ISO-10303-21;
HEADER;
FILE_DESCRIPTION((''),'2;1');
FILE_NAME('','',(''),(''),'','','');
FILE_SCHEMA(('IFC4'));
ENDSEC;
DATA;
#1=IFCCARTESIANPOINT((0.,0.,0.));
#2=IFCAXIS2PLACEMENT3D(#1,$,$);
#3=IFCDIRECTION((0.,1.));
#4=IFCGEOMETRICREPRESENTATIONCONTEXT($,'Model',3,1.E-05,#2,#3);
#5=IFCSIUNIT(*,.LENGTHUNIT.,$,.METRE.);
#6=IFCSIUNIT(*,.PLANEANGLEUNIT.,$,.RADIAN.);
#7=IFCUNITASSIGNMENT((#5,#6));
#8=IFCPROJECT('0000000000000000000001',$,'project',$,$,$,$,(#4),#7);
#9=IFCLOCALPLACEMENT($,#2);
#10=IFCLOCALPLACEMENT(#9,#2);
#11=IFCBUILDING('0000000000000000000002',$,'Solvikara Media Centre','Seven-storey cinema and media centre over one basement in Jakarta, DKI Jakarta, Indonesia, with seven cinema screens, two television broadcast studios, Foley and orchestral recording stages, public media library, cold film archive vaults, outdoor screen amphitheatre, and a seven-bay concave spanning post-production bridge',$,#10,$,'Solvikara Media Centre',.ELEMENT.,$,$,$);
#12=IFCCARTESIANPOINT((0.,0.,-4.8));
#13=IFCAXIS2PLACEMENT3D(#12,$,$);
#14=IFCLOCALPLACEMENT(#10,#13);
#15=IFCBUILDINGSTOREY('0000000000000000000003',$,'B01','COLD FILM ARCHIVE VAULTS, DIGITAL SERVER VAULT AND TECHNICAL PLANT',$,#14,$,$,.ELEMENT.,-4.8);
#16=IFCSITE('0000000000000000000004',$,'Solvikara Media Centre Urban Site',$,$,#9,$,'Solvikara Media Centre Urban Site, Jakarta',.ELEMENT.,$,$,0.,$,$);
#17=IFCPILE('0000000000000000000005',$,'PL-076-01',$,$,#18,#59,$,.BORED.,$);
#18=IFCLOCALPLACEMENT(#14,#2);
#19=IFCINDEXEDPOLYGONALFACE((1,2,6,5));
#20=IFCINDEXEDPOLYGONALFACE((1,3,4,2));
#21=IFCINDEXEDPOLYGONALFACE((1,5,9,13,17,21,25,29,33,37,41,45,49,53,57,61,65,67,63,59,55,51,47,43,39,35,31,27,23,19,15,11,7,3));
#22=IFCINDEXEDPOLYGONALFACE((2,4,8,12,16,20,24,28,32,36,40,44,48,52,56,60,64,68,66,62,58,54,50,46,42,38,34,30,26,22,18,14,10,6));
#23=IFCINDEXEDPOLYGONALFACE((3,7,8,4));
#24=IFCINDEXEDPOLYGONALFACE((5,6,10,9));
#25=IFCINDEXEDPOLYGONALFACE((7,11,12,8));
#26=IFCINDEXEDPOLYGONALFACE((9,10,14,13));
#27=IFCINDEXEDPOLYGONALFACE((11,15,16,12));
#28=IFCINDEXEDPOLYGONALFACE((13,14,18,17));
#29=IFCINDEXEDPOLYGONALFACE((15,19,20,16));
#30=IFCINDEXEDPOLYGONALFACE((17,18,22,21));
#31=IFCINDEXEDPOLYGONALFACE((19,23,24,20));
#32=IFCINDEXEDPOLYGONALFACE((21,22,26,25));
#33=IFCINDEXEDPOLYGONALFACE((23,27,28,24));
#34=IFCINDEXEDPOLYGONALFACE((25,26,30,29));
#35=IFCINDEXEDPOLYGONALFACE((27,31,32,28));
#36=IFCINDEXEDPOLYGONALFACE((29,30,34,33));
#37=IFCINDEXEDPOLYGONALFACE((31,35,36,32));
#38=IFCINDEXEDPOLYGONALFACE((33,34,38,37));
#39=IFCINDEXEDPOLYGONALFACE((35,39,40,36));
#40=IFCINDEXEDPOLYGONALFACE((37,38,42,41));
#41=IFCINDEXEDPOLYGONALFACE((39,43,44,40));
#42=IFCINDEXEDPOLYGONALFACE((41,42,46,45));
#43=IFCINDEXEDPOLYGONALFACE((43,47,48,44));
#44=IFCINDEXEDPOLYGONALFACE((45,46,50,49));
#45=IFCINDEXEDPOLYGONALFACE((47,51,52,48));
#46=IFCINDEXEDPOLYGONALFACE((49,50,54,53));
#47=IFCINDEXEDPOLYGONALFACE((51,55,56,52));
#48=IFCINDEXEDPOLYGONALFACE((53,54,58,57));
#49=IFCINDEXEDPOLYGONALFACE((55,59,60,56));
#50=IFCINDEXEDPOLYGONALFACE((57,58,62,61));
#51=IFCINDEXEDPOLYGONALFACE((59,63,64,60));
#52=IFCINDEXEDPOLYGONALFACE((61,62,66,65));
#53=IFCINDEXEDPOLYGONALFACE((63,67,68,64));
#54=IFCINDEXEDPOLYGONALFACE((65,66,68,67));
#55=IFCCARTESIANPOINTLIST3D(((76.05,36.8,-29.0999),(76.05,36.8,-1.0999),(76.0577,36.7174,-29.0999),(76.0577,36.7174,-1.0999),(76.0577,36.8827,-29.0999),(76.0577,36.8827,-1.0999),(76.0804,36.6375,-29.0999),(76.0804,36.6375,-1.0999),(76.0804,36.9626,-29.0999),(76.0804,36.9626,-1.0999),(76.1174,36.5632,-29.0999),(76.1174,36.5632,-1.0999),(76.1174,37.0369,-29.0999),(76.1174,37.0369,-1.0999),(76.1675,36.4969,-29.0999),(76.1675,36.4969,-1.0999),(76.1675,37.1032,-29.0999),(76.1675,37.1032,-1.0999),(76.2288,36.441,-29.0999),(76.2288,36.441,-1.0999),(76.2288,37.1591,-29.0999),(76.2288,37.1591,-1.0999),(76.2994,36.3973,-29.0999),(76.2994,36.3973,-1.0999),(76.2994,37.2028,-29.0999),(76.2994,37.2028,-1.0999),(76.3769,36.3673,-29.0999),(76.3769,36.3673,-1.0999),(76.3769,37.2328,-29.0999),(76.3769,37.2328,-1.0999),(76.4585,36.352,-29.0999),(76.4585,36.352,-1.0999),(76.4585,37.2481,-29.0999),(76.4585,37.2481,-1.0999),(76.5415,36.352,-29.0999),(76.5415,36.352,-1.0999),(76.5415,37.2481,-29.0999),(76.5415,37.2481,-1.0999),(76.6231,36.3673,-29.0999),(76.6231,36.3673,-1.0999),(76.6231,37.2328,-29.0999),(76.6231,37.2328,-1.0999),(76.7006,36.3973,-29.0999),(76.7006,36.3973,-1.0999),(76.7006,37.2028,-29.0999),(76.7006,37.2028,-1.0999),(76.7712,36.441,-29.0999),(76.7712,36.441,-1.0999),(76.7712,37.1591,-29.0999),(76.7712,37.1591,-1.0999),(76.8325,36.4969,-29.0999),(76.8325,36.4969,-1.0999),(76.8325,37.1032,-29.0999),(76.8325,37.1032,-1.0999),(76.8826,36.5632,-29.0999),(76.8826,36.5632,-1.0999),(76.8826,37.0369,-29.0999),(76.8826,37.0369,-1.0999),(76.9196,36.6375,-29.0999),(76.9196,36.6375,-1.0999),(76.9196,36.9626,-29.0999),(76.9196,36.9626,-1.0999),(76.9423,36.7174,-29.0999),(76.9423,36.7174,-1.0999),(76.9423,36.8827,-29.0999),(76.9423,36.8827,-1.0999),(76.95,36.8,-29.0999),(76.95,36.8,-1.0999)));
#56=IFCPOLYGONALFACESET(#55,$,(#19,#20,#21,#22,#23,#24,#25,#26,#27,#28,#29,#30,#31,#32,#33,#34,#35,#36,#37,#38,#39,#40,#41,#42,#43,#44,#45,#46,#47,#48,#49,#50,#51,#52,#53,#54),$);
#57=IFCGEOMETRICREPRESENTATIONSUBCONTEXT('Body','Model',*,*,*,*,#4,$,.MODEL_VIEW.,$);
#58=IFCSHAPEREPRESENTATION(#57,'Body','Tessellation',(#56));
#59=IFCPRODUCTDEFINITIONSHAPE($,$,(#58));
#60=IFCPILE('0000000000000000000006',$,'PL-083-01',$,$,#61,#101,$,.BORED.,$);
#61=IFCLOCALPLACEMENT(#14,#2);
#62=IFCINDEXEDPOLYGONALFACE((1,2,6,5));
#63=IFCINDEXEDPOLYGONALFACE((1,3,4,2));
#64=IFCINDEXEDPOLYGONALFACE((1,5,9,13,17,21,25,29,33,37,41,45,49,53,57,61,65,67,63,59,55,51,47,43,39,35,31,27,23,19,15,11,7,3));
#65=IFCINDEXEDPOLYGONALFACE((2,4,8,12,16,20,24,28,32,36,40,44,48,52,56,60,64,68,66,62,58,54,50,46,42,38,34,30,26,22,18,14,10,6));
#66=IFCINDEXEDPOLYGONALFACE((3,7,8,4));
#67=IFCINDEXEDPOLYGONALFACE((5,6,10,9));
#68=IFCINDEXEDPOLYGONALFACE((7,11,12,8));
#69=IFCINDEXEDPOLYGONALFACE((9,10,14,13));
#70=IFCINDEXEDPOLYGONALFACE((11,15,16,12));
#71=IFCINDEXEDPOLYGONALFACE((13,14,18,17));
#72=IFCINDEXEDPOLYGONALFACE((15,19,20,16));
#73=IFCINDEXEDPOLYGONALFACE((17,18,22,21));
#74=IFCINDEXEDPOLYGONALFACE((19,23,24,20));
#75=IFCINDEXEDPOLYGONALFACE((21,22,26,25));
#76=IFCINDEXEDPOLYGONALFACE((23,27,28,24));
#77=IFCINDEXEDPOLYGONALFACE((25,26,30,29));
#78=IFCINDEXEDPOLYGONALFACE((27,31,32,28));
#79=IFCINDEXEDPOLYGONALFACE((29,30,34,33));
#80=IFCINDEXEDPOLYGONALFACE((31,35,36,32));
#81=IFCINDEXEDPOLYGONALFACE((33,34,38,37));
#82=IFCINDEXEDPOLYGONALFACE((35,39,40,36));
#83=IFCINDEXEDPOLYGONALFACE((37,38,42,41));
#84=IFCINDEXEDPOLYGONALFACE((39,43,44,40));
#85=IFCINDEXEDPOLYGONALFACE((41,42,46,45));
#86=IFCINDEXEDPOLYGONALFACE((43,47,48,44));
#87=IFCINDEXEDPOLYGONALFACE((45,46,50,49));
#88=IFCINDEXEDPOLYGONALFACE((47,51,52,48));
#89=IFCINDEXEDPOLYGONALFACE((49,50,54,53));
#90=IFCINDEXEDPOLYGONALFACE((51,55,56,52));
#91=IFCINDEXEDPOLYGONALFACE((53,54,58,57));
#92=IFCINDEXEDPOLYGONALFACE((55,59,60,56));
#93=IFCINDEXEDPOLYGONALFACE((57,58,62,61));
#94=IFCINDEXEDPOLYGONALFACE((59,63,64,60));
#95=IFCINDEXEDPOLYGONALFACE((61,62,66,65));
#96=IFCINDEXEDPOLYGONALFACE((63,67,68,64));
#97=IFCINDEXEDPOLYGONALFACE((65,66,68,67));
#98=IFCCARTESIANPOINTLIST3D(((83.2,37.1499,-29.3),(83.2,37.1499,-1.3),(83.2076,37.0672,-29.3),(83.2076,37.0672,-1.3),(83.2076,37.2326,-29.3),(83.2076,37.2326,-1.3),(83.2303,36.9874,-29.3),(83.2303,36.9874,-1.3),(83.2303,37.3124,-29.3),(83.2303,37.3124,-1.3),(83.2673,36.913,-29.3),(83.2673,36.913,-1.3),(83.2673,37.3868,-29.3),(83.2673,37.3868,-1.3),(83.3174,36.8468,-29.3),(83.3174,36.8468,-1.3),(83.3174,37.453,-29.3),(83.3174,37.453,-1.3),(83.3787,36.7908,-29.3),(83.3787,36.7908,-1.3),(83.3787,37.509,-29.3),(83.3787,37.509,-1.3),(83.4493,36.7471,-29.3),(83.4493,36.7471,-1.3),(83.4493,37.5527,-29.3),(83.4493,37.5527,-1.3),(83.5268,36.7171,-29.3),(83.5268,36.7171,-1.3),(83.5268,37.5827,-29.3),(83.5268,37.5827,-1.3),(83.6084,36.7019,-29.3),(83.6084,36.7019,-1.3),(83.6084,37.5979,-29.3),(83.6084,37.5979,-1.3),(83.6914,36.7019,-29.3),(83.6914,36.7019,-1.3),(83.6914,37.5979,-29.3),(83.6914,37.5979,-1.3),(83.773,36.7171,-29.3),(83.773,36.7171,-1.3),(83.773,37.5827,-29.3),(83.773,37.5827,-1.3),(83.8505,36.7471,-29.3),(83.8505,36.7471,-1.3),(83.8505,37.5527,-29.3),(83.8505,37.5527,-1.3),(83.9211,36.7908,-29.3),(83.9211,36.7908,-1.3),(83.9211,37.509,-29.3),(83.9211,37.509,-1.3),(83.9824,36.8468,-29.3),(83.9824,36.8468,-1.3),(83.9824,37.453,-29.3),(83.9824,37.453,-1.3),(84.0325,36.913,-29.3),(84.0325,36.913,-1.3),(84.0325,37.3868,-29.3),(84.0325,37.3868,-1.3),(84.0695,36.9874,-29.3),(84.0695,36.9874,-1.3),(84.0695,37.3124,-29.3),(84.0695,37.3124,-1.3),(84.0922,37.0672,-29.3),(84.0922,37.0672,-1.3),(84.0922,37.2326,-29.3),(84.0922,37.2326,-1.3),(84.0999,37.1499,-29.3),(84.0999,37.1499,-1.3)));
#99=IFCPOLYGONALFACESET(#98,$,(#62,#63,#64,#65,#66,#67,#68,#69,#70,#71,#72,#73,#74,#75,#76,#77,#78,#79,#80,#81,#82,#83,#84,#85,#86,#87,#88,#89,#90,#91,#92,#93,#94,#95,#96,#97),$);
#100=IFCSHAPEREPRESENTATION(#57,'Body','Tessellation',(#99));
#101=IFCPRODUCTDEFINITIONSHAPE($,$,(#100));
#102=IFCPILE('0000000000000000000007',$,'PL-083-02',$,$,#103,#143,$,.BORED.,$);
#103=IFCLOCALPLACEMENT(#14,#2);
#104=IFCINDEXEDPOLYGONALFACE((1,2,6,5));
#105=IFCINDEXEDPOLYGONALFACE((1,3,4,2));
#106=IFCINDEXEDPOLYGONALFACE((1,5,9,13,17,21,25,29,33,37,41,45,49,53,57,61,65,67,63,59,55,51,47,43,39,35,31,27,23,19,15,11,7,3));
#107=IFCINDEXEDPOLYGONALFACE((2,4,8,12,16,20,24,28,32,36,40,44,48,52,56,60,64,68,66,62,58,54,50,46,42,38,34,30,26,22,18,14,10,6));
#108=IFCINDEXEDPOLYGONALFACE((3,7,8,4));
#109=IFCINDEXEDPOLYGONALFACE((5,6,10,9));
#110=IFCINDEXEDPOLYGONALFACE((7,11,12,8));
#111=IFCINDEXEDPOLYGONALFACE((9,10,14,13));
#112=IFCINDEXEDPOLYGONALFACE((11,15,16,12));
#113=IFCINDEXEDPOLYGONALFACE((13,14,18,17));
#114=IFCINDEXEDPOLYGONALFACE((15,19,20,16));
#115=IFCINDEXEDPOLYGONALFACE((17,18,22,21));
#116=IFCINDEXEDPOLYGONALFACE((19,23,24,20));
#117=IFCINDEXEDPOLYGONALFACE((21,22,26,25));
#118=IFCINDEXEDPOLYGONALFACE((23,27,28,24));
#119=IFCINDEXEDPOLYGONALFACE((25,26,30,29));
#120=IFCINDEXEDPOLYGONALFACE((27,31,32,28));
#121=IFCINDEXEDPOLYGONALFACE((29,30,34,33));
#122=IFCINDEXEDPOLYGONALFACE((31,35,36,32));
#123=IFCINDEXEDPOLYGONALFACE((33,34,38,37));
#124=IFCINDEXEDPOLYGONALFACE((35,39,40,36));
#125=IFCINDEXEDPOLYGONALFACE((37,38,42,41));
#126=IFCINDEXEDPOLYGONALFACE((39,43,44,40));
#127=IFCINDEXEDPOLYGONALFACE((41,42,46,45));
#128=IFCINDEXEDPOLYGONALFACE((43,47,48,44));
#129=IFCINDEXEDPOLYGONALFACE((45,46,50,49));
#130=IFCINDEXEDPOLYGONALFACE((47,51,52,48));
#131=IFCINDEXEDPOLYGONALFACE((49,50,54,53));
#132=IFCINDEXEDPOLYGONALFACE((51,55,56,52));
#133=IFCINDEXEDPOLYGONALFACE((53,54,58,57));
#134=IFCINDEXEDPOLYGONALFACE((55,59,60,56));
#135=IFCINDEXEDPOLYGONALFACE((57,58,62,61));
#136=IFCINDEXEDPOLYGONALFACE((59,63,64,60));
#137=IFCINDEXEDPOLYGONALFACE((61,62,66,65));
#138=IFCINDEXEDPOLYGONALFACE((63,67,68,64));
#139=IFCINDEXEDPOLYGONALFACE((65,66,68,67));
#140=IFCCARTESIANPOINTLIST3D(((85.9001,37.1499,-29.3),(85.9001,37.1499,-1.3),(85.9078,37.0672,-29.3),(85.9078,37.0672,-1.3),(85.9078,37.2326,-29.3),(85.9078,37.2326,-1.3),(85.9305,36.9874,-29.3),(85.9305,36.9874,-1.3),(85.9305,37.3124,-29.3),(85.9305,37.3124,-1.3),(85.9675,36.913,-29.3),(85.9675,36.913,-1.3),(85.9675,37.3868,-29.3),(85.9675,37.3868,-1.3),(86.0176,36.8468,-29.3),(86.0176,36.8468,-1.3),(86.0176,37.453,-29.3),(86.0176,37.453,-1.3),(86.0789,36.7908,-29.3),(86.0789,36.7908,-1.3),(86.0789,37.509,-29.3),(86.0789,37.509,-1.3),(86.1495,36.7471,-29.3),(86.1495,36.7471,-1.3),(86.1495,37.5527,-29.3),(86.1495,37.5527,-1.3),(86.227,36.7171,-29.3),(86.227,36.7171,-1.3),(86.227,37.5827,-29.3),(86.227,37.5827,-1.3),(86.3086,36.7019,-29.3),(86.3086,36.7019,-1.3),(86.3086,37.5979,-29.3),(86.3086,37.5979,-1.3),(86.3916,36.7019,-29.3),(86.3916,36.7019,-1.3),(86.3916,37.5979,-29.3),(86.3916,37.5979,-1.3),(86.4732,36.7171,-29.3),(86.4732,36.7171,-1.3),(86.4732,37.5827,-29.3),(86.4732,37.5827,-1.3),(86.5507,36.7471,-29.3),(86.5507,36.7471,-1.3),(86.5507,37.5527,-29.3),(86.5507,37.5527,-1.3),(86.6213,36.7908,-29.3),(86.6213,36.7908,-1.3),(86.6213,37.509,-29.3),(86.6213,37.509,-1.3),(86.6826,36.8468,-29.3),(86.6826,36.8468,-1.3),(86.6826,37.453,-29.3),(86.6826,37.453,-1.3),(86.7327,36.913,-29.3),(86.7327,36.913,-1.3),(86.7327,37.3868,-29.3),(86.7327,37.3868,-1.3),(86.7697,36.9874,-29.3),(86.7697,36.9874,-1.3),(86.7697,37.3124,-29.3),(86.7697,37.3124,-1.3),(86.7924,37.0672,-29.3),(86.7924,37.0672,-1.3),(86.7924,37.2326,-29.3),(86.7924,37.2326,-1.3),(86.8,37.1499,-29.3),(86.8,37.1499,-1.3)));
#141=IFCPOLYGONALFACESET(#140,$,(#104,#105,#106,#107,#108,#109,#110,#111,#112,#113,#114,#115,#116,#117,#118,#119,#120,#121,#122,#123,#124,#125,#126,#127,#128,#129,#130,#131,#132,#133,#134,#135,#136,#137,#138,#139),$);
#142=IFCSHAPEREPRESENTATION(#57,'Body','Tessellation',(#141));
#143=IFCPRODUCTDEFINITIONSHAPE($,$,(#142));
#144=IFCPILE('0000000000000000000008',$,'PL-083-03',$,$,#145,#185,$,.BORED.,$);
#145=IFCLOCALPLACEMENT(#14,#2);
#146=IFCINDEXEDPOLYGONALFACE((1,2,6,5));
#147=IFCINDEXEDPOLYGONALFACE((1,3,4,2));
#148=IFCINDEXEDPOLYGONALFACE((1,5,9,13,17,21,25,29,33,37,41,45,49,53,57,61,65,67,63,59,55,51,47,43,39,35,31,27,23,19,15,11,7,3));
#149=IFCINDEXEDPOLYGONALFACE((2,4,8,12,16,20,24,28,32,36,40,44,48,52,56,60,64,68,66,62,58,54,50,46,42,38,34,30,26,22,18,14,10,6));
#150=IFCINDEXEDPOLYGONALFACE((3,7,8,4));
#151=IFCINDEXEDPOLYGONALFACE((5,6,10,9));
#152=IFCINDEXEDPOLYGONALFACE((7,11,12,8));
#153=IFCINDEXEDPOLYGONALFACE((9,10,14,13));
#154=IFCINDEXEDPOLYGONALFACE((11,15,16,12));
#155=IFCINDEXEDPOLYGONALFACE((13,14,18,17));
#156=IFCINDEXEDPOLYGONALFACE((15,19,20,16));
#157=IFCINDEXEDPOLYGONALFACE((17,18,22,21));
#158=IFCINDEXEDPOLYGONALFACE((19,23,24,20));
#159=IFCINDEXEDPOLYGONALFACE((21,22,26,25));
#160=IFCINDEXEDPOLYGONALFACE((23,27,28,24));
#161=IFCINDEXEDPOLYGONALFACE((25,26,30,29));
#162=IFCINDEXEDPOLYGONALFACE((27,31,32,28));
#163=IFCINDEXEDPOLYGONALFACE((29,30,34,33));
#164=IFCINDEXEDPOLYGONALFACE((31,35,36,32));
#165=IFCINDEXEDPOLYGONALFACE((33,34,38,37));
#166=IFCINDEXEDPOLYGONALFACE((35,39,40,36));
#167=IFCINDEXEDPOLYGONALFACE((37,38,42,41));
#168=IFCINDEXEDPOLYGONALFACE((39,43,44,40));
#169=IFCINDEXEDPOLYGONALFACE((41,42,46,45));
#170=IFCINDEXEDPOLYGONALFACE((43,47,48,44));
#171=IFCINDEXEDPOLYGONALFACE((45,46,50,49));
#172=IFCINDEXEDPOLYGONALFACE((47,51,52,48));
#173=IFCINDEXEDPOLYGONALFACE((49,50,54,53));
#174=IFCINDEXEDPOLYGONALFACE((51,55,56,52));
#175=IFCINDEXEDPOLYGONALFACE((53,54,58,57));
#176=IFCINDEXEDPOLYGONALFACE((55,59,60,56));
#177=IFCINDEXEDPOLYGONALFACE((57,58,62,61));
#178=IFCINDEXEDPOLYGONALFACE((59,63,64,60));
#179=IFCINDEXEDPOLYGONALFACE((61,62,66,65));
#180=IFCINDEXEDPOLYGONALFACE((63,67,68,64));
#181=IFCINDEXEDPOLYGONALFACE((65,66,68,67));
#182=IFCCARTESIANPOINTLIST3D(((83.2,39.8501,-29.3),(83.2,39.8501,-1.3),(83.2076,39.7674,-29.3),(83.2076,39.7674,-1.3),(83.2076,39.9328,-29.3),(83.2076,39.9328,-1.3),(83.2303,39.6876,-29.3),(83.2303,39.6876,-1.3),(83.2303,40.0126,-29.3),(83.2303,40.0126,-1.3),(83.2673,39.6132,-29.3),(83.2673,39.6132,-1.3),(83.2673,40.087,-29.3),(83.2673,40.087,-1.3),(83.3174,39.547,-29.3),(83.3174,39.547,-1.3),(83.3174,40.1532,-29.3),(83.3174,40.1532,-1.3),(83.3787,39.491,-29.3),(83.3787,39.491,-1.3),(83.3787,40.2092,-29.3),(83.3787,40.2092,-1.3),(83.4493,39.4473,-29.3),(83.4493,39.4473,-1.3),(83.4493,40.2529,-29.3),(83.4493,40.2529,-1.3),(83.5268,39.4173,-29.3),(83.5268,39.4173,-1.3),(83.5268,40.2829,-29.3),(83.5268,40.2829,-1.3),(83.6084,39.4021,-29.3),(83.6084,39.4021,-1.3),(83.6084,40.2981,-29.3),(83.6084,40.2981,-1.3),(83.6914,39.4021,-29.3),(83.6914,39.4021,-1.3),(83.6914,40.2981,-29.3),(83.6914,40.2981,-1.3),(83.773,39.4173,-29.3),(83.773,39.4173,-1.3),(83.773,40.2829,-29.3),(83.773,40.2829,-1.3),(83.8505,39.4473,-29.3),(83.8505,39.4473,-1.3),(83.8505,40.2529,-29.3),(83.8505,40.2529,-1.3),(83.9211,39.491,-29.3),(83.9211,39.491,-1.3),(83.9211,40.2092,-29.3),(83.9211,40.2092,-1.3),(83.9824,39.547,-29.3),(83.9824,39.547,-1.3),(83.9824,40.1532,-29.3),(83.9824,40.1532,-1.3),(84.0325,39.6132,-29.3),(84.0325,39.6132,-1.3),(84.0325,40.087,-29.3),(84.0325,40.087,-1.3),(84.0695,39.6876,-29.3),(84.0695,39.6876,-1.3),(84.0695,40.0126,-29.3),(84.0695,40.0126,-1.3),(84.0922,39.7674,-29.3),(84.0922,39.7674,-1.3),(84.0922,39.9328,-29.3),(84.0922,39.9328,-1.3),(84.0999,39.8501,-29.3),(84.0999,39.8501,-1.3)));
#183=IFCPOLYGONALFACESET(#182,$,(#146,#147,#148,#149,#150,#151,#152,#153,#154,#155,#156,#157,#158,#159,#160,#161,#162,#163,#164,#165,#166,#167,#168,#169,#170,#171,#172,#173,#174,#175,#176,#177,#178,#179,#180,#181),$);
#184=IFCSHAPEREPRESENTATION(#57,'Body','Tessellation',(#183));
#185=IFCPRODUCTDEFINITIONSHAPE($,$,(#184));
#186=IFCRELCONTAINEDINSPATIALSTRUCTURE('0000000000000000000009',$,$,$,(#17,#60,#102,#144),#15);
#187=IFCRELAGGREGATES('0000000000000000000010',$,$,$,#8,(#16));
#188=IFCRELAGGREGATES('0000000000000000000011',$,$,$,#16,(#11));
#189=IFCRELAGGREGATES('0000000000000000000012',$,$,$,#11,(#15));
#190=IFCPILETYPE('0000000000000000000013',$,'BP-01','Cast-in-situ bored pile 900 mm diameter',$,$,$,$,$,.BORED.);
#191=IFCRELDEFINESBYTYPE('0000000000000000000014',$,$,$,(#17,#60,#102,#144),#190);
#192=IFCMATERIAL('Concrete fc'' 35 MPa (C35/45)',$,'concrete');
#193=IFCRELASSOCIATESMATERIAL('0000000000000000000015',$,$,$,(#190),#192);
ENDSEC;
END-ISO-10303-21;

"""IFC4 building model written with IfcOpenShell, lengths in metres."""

from ifc_helpers import new_model, si_unit, direction, frame, origin, origin_2d, place, context, subcontext, project, spatial, circle, extrude, material, material_profile, profile_set, type_object, element, save


model = new_model("IFC4")

# Units and contexts
model_context = context("Model", 3, precision=1e-05, world=origin(), true_north=direction((0.0, 1.0)))
body_context = subcontext(model_context, "Body", "Model", "MODEL_VIEW")
ifc_project = project(units=[si_unit("LENGTHUNIT", "METRE"), si_unit("PLANEANGLEUNIT", "RADIAN")], contexts=[model_context])

# Site, building, storey
site_placement = place(None, origin())
site = spatial("IfcSite", under=ifc_project, at=site_placement, Name="Solvikara Media Centre Urban Site", LongName="Solvikara Media Centre Urban Site, Jakarta", CompositionType="ELEMENT", RefElevation=0.0)
building_placement = place(site_placement, origin())
building = spatial("IfcBuilding", under=site, at=building_placement, Name="Solvikara Media Centre", Description="Seven-storey cinema and media centre over one basement in Jakarta, DKI Jakarta, Indonesia, with seven cinema screens, two television broadcast studios, Foley and orchestral recording stages, public media library, cold film archive vaults, outdoor screen amphitheatre, and a seven-bay concave spanning post-production bridge", LongName="Solvikara Media Centre", CompositionType="ELEMENT")
storey_placement = place(building_placement, frame((0.0, 0.0, -4.8)))
storey = spatial("IfcBuildingStorey", under=building, at=storey_placement, Name="B01", Description="COLD FILM ARCHIVE VAULTS, DIGITAL SERVER VAULT AND TECHNICAL PLANT", CompositionType="ELEMENT", Elevation=-4.8)

# Piles
ifc_material_1 = material(Name="Concrete fc' 35 MPa (C35/45)", Category="concrete")
ifc_material_profile_1 = material_profile(ifc_material_1, circle(Radius=0.45, at=origin_2d()), Name="BORED PILE D900")
ifc_profile_set_1 = profile_set([ifc_material_profile_1], Name="Concrete fc' 35 MPa (C35/45)")
pile_type_1 = type_object("IfcPileType", Name="BP-01", Description="Cast-in-situ bored pile 900 mm diameter", PredefinedType="BORED", material=ifc_profile_set_1)
for number, where, z_axis, x_axis, name in (
    (1, (76.5, 36.8, -1.0999), (0.0, 0.0, -1.0), (1.0, 0.0, 0.0), "PL-076-01"),
    (2, (83.6499, 37.1499, -1.3), (0.0, 0.0, -1.0), (1.0, 0.0, 0.0), "PL-083-01"),
    (3, (86.3501, 37.1499, -1.3), (0.0, 0.0, -1.0), (1.0, 0.0, 0.0), "PL-083-02"),
    (4, (83.6499, 39.8501, -1.3), (0.0, 0.0, -1.0), (1.0, 0.0, 0.0), "PL-083-03"),
):
    element("IfcPile", number, at=place(storey_placement, frame(where, z_axis=z_axis, x_axis=x_axis)), inside=storey, type_object=pile_type_1, Name=name, PredefinedType="BORED", context=body_context, shape_type="SweptSolid", body=[
        extrude(circle(Radius=0.45, at=origin_2d()), origin(), (0.0, 0.0, 1.0), 28.0),
    ])

save(model, "model.ifc")
